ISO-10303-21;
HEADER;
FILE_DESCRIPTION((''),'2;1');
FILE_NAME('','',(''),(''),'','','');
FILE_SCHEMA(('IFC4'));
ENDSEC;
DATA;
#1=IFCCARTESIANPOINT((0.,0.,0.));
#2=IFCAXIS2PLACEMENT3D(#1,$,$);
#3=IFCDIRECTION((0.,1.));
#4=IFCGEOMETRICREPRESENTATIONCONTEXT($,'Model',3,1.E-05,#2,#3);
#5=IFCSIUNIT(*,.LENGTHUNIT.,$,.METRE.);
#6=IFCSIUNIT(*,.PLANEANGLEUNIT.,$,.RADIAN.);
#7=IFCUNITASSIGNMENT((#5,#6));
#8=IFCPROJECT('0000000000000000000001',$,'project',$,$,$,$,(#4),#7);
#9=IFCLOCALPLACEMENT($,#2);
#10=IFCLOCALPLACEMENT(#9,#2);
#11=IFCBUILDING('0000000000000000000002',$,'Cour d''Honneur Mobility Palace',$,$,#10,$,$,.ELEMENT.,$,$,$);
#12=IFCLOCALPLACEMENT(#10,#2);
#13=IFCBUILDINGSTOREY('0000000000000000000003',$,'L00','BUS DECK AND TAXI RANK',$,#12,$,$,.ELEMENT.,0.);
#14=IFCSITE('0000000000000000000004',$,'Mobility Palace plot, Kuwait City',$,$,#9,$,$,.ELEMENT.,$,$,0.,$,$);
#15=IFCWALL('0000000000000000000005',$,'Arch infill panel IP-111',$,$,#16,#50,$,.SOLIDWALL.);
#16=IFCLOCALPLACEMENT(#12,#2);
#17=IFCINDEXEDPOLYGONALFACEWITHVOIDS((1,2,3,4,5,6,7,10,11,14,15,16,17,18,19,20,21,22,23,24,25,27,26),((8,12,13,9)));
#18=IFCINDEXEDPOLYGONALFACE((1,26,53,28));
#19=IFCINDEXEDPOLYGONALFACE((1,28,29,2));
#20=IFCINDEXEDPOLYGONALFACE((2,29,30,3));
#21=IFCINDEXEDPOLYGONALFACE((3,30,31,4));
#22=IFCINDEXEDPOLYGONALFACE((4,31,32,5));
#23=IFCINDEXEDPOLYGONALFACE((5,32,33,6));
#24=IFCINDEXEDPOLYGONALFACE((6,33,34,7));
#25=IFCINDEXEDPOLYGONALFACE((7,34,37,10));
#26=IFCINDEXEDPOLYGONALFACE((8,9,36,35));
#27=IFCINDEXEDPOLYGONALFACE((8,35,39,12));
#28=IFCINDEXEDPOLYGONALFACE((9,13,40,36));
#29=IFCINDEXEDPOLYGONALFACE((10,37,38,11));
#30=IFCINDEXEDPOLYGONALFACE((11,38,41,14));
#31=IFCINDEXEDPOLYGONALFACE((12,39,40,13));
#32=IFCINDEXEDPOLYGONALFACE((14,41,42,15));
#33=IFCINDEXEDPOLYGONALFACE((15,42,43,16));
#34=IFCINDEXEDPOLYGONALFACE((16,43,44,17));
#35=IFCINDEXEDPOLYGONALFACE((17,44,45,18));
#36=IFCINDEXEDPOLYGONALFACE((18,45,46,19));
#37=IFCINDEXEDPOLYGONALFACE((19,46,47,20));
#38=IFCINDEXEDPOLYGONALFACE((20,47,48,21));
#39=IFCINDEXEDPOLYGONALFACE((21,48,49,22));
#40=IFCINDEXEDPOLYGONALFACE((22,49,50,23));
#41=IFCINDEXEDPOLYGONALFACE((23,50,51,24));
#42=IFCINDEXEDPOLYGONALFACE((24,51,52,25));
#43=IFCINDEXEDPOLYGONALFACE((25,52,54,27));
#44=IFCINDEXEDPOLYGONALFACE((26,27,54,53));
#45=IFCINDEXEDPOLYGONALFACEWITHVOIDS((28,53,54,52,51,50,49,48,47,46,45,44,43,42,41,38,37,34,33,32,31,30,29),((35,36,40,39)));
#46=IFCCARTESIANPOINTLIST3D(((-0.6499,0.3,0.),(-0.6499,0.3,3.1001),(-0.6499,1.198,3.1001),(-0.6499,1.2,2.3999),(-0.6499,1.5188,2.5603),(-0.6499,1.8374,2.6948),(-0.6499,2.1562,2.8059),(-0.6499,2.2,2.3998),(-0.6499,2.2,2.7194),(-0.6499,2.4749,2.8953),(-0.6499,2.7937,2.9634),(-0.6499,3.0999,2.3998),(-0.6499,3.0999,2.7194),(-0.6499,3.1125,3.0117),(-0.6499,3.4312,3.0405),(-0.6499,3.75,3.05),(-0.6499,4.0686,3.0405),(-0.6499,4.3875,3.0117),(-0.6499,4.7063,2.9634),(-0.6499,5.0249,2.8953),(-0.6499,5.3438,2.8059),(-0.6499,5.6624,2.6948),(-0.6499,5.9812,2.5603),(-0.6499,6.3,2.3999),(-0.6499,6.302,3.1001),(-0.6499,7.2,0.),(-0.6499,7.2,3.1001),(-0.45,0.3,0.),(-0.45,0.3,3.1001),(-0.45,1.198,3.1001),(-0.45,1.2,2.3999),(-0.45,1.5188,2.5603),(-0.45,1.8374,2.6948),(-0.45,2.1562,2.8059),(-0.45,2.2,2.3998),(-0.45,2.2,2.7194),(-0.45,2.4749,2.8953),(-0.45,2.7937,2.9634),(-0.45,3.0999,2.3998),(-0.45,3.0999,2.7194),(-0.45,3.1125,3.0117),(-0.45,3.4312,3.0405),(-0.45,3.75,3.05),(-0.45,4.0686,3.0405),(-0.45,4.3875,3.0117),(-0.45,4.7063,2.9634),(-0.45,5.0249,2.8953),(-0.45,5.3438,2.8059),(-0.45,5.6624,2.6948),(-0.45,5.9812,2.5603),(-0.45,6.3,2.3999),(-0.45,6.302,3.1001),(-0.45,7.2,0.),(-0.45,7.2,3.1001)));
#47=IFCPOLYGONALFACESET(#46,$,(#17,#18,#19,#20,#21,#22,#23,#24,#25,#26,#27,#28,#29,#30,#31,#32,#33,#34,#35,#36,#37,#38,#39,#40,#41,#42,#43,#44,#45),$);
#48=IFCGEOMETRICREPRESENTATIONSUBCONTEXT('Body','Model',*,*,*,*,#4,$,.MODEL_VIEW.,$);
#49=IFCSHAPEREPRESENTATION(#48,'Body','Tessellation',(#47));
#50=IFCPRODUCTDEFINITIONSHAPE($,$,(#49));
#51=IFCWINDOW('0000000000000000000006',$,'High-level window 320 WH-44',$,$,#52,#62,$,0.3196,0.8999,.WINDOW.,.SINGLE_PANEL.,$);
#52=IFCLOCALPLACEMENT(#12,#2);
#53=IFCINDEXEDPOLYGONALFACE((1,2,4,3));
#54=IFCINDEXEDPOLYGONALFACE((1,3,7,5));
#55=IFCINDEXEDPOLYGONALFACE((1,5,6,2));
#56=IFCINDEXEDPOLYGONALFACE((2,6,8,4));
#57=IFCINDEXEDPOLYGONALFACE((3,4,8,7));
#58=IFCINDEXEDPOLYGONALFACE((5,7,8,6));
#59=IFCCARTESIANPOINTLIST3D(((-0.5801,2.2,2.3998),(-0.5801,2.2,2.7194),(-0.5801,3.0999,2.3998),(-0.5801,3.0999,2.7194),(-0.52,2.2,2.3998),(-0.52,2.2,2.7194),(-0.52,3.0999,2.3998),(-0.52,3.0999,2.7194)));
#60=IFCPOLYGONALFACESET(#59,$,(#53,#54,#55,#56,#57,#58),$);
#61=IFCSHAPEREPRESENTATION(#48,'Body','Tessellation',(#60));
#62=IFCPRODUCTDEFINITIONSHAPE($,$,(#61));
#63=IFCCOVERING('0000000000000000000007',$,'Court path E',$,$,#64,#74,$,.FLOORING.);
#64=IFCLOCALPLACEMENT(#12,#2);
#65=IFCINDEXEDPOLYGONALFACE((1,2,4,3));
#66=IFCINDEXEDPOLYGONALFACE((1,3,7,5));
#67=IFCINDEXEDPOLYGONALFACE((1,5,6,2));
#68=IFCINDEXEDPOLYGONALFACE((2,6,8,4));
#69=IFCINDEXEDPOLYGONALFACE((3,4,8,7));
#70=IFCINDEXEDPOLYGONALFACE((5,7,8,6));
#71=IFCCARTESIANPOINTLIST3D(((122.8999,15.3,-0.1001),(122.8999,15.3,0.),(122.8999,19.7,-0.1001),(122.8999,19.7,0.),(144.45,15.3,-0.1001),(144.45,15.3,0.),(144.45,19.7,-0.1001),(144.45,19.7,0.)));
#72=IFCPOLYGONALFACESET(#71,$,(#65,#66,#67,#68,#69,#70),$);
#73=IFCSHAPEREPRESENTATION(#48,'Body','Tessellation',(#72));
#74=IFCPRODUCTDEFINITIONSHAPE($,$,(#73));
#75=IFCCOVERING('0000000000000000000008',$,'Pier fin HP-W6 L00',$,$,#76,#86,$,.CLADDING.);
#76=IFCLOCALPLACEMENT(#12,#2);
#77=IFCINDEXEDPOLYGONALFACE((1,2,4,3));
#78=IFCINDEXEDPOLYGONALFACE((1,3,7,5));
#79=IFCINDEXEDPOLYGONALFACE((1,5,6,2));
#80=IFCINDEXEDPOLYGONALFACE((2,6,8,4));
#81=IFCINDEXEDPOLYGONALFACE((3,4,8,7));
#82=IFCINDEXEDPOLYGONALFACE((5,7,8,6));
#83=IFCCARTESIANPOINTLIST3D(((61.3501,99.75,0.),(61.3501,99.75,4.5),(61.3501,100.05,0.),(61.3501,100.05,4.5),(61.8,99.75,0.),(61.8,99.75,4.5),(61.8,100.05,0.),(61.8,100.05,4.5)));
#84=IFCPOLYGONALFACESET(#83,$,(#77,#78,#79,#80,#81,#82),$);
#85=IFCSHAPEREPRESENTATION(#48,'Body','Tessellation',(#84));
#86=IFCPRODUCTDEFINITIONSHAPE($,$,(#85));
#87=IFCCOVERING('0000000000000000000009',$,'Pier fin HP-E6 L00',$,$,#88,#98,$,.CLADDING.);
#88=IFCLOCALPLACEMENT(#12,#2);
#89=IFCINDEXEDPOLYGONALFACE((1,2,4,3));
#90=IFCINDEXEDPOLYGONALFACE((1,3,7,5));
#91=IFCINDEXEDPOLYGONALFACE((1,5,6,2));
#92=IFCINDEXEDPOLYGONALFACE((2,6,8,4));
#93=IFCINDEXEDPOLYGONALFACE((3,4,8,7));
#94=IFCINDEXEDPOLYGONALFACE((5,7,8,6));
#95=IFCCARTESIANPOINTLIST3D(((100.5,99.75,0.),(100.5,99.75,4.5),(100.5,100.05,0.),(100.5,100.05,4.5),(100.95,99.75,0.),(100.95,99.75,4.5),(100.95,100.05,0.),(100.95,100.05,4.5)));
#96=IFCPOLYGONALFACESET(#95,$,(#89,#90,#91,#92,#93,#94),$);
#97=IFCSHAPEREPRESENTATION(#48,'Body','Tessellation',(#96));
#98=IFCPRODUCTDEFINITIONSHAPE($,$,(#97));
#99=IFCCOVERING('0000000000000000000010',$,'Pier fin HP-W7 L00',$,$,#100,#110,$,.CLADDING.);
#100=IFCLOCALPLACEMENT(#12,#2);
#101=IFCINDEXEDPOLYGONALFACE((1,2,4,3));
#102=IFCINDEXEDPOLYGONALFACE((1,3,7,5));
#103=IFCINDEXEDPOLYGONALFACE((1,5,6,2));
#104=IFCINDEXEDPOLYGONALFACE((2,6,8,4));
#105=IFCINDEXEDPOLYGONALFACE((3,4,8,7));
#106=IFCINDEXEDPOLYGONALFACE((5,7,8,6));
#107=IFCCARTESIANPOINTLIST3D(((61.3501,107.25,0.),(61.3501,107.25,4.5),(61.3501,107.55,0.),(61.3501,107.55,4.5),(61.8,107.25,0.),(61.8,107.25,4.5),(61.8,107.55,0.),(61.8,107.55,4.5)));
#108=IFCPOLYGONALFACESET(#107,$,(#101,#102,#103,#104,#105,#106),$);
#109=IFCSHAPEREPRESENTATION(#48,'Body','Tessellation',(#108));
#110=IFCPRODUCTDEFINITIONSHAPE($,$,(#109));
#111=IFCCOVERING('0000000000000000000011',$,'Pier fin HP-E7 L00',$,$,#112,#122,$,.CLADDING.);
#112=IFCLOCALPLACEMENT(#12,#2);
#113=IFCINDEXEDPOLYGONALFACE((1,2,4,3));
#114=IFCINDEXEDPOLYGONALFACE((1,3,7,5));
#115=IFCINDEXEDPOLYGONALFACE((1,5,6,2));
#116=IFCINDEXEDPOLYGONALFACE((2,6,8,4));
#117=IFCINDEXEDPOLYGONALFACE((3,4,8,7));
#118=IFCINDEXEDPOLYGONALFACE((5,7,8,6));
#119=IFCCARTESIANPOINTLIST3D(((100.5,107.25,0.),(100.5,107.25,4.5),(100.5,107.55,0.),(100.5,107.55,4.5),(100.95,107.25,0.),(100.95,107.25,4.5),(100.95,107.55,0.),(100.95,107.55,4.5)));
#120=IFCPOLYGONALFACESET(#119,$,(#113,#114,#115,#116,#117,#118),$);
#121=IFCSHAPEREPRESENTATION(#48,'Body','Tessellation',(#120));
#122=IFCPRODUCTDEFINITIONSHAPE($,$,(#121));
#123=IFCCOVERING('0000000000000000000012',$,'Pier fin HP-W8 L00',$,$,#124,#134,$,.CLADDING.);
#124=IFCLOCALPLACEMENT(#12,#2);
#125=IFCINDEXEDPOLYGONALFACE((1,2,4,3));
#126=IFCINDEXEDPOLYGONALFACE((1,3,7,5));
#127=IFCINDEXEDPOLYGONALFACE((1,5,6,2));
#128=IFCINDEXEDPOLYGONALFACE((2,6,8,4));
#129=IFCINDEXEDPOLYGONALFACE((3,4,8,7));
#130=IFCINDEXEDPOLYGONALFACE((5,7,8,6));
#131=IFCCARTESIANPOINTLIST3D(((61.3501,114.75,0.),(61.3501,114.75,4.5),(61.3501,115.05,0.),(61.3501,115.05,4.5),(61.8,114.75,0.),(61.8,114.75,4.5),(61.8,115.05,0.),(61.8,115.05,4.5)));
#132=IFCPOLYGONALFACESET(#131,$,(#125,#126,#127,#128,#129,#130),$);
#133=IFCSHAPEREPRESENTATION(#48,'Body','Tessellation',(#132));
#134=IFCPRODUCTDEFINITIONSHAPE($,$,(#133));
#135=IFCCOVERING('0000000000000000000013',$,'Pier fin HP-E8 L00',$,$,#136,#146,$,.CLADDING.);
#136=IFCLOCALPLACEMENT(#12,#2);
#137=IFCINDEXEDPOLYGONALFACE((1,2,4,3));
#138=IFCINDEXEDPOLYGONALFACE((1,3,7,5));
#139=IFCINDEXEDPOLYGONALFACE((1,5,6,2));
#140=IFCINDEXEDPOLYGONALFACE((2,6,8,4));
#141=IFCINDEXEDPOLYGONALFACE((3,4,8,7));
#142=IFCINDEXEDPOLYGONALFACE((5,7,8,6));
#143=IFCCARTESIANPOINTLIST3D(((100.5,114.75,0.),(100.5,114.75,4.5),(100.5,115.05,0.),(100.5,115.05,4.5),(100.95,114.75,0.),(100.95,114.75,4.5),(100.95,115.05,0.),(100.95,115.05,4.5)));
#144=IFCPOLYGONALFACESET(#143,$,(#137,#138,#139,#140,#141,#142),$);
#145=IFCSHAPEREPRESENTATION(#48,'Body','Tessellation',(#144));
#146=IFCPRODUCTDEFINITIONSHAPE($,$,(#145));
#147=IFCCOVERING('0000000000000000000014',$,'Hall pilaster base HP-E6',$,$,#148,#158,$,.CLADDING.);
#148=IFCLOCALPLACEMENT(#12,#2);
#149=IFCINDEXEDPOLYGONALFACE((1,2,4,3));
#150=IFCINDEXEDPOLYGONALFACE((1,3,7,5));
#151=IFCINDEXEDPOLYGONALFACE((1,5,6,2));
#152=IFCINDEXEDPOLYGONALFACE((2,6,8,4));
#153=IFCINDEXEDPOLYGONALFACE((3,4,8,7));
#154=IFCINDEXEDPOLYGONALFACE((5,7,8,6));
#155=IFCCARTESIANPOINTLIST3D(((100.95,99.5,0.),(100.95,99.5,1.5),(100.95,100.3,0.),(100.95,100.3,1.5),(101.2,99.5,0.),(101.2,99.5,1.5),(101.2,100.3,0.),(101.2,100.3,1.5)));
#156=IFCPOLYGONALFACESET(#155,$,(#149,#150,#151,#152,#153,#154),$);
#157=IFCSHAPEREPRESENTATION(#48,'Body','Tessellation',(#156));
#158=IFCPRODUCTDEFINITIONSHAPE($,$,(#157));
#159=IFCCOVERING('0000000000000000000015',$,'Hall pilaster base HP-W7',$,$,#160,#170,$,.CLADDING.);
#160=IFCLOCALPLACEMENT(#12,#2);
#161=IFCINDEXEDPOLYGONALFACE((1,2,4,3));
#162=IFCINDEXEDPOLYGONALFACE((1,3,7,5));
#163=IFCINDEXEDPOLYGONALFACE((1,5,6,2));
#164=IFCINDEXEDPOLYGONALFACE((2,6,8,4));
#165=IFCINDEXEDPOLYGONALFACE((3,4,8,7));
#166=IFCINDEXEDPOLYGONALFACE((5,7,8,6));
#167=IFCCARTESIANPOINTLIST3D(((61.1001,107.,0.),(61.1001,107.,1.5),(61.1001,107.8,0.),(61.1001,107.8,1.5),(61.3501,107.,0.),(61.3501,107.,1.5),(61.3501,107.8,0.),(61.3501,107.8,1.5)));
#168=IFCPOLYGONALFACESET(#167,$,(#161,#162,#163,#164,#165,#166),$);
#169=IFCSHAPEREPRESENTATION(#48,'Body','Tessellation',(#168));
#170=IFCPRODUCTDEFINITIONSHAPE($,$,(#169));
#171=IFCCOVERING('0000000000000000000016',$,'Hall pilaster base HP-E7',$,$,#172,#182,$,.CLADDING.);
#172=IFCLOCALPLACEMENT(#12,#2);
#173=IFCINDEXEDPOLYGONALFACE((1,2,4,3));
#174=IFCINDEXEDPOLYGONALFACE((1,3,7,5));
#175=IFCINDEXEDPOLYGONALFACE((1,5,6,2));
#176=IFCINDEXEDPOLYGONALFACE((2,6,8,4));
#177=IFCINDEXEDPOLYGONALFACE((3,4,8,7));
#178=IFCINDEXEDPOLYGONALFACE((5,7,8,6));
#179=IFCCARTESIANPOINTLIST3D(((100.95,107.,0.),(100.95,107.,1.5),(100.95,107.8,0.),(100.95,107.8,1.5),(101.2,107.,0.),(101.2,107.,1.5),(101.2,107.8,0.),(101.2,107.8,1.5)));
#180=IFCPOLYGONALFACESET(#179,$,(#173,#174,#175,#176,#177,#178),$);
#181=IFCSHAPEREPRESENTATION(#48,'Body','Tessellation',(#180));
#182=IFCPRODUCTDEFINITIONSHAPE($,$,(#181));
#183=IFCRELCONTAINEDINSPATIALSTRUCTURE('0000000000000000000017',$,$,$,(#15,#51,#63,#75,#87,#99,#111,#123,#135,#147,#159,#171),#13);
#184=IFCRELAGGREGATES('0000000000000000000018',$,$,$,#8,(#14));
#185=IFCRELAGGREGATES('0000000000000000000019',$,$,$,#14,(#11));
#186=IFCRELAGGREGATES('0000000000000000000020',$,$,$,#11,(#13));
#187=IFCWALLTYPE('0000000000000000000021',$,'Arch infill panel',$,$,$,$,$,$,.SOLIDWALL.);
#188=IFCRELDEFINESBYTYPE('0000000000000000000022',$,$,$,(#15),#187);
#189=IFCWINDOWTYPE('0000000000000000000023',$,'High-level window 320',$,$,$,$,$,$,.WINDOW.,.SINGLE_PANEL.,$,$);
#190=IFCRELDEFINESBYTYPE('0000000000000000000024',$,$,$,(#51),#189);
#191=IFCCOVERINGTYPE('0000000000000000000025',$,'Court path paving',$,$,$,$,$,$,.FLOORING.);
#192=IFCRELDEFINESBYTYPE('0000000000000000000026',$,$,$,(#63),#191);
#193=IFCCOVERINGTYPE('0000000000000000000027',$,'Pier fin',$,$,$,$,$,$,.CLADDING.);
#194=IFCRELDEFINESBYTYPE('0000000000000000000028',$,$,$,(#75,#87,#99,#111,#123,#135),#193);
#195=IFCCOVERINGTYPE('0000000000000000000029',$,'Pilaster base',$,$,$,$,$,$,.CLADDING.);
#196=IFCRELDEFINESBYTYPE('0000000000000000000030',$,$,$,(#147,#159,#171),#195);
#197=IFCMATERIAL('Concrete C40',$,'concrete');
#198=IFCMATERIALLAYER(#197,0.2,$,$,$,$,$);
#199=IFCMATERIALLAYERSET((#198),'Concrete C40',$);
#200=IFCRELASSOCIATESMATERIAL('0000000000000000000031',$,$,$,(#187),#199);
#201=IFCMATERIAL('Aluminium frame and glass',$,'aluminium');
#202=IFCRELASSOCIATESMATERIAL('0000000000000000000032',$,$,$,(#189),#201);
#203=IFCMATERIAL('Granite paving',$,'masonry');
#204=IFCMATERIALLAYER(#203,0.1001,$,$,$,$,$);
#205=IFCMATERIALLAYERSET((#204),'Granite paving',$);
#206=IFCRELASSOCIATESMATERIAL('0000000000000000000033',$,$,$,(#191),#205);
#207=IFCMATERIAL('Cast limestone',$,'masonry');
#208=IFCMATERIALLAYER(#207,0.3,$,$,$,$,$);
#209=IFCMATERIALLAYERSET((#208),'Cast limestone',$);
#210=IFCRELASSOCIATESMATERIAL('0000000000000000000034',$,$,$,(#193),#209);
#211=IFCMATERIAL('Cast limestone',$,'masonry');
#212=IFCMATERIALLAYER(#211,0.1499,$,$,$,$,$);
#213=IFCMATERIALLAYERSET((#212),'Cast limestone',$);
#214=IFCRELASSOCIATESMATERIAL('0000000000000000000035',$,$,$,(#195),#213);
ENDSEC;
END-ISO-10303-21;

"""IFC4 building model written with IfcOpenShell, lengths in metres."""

from ifc_helpers import new_model, si_unit, direction, frame, frame_2d, origin, place, context, subcontext, project, spatial, polyline, rectangle, outline, extrude, material, layer, layer_set, type_object, element, fill, save


model = new_model("IFC4")

# Units and contexts
model_context = context("Model", 3, precision=1e-05, world=origin(), true_north=direction((0.0, 1.0)))
body_context = subcontext(model_context, "Body", "Model", "MODEL_VIEW")
ifc_project = project(units=[si_unit("LENGTHUNIT", "METRE"), si_unit("PLANEANGLEUNIT", "RADIAN")], contexts=[model_context])

# Site, building, storey
site_placement = place(None, origin())
site = spatial("IfcSite", under=ifc_project, at=site_placement, Name="Mobility Palace plot, Kuwait City", CompositionType="ELEMENT", RefElevation=0.0)
building_placement = place(site_placement, origin())
building = spatial("IfcBuilding", under=site, at=building_placement, Name="Cour d'Honneur Mobility Palace", CompositionType="ELEMENT")
storey_placement = place(building_placement, origin())
storey = spatial("IfcBuildingStorey", under=building, at=storey_placement, Name="L00", Description="BUS DECK AND TAXI RANK", CompositionType="ELEMENT", Elevation=0.0)

# Wall, opening, window
ifc_material_1 = material(Name="Concrete C40", Category="concrete")
ifc_layer_1 = layer(ifc_material_1, 0.2)
ifc_layer_set_1 = layer_set([ifc_layer_1], Name="Concrete C40")
wall_type = type_object("IfcWallType", Name="Arch infill panel", PredefinedType="SOLIDWALL", material=ifc_layer_set_1)
wall_placement = place(storey_placement, frame((-0.55, 7.2, 0.0), z_axis=(0.0, 0.0, 1.0), x_axis=(0.0, -1.0, 0.0)))
wall = element("IfcWall", 1, at=wall_placement, inside=storey, type_object=wall_type, Name="Arch infill panel IP-111", PredefinedType="SOLIDWALL", context=body_context, shape_type="SweptSolid", body=[
    extrude(outline(polyline([(0.0, 0.0), (6.8999, 0.0), (6.8999, 3.1001), (6.002, 3.1001), (6.0, 2.3999), (5.6812, 2.5603), (5.3625, 2.6948), (5.0437, 2.8059), (4.7251, 2.8953), (4.4062, 2.9634), (4.0874, 3.0117), (3.7688, 3.0405), (3.45, 3.05), (3.1313, 3.0405), (2.8125, 3.0117), (2.4937, 2.9634), (2.175, 2.8953), (1.8562, 2.8059), (1.5376, 2.6948), (1.2188, 2.5603), (0.8999, 2.3999), (0.8979, 3.1001), (0.0, 3.1001), (0.0, 0.0)])), frame((0.0, 0.1001, 0.0), z_axis=(0.0, -1.0, 0.0), x_axis=(1.0, 0.0, 0.0)), (0.0, 0.0, 1.0), 0.2),
])
opening_placement = place(wall_placement, frame((4.1001, 0.0, 2.3999)))
opening = element("IfcOpeningElement", 2, at=opening_placement, cuts=wall, PredefinedType="OPENING", context=body_context, shape_type="SweptSolid", body=[
    extrude(rectangle(XDim=0.8999, YDim=0.3196, at=frame_2d((0.45, 0.1597))), frame((0.0, 0.1099, 0.0), z_axis=(0.0, -1.0, 0.0), x_axis=(1.0, 0.0, 0.0)), (0.0, 0.0, 1.0), 0.22),
])
ifc_material_2 = material(Name="Aluminium frame and glass", Category="aluminium")
window_type = type_object("IfcWindowType", Name="High-level window 320", PartitioningType="SINGLE_PANEL", PredefinedType="WINDOW", material=ifc_material_2)
window_placement = place(opening_placement, origin())
window = element("IfcWindow", 3, at=window_placement, inside=storey, type_object=window_type, Name="High-level window 320 WH-44", OverallHeight=0.3196, OverallWidth=0.8999, PartitioningType="SINGLE_PANEL", PredefinedType="WINDOW", context=body_context, shape_type="SweptSolid", body=[
    extrude(rectangle(XDim=0.8999, YDim=0.3196, at=frame_2d((0.45, 0.1597))), frame((0.0, 0.03, 0.0), z_axis=(0.0, -1.0, 0.0), x_axis=(1.0, 0.0, 0.0)), (0.0, 0.0, 1.0), 0.0601),
])
fill(opening, window)

# Coverings
ifc_material_3 = material(Name="Granite paving", Category="masonry")
ifc_layer_2 = layer(ifc_material_3, 0.1001)
ifc_layer_set_2 = layer_set([ifc_layer_2], Name="Granite paving")
covering_type_1 = type_object("IfcCoveringType", Name="Court path paving", PredefinedType="FLOORING", material=ifc_layer_set_2)
covering_1_placement = place(storey_placement, frame((0.0, 0.0, -0.1001)))
element("IfcCovering", 4, at=covering_1_placement, inside=storey, type_object=covering_type_1, Name="Court path E", PredefinedType="FLOORING", context=body_context, shape_type="SweptSolid", body=[
    extrude(outline(polyline([(122.8999, 15.3), (144.45, 15.3), (144.45, 19.7), (122.8999, 19.7), (122.8999, 15.3)])), origin(), (0.0, 0.0, 1.0), 0.1001),
])
ifc_material_4 = material(Name="Cast limestone", Category="masonry")
ifc_layer_3 = layer(ifc_material_4, 0.3)
ifc_layer_set_3 = layer_set([ifc_layer_3], Name="Cast limestone")
covering_type_2 = type_object("IfcCoveringType", Name="Pier fin", PredefinedType="CLADDING", material=ifc_layer_set_3)
covering_2_placement = place(storey_placement, origin())
element("IfcCovering", 5, at=covering_2_placement, inside=storey, type_object=covering_type_2, Name="Pier fin HP-W6 L00", PredefinedType="CLADDING", context=body_context, shape_type="SweptSolid", body=[
    extrude(outline(polyline([(61.3501, 99.75), (61.8, 99.75), (61.8, 100.05), (61.3501, 100.05), (61.3501, 99.75)])), origin(), (0.0, 0.0, 1.0), 4.5),
])
covering_3_placement = place(storey_placement, origin())
element("IfcCovering", 6, at=covering_3_placement, inside=storey, type_object=covering_type_2, Name="Pier fin HP-E6 L00", PredefinedType="CLADDING", context=body_context, shape_type="SweptSolid", body=[
    extrude(outline(polyline([(100.5, 99.75), (100.95, 99.75), (100.95, 100.05), (100.5, 100.05), (100.5, 99.75)])), origin(), (0.0, 0.0, 1.0), 4.5),
])
covering_4_placement = place(storey_placement, origin())
element("IfcCovering", 7, at=covering_4_placement, inside=storey, type_object=covering_type_2, Name="Pier fin HP-W7 L00", PredefinedType="CLADDING", context=body_context, shape_type="SweptSolid", body=[
    extrude(outline(polyline([(61.3501, 107.25), (61.8, 107.25), (61.8, 107.55), (61.3501, 107.55), (61.3501, 107.25)])), origin(), (0.0, 0.0, 1.0), 4.5),
])
covering_5_placement = place(storey_placement, origin())
element("IfcCovering", 8, at=covering_5_placement, inside=storey, type_object=covering_type_2, Name="Pier fin HP-E7 L00", PredefinedType="CLADDING", context=body_context, shape_type="SweptSolid", body=[
    extrude(outline(polyline([(100.5, 107.25), (100.95, 107.25), (100.95, 107.55), (100.5, 107.55), (100.5, 107.25)])), origin(), (0.0, 0.0, 1.0), 4.5),
])
covering_6_placement = place(storey_placement, origin())
element("IfcCovering", 9, at=covering_6_placement, inside=storey, type_object=covering_type_2, Name="Pier fin HP-W8 L00", PredefinedType="CLADDING", context=body_context, shape_type="SweptSolid", body=[
    extrude(outline(polyline([(61.3501, 114.75), (61.8, 114.75), (61.8, 115.05), (61.3501, 115.05), (61.3501, 114.75)])), origin(), (0.0, 0.0, 1.0), 4.5),
])
covering_7_placement = place(storey_placement, origin())
element("IfcCovering", 10, at=covering_7_placement, inside=storey, type_object=covering_type_2, Name="Pier fin HP-E8 L00", PredefinedType="CLADDING", context=body_context, shape_type="SweptSolid", body=[
    extrude(outline(polyline([(100.5, 114.75), (100.95, 114.75), (100.95, 115.05), (100.5, 115.05), (100.5, 114.75)])), origin(), (0.0, 0.0, 1.0), 4.5),
])
ifc_material_5 = material(Name="Cast limestone", Category="masonry")
ifc_layer_4 = layer(ifc_material_5, 0.1499)
ifc_layer_set_4 = layer_set([ifc_layer_4], Name="Cast limestone")
covering_type_3 = type_object("IfcCoveringType", Name="Pilaster base", PredefinedType="CLADDING", material=ifc_layer_set_4)
covering_8_placement = place(storey_placement, origin())
element("IfcCovering", 11, at=covering_8_placement, inside=storey, type_object=covering_type_3, Name="Hall pilaster base HP-E6", PredefinedType="CLADDING", context=body_context, shape_type="SweptSolid", body=[
    extrude(outline(polyline([(100.95, 99.5), (101.2, 99.5), (101.2, 100.3), (100.95, 100.3), (100.95, 99.5)])), origin(), (0.0, 0.0, 1.0), 1.5),
])
covering_9_placement = place(storey_placement, origin())
element("IfcCovering", 12, at=covering_9_placement, inside=storey, type_object=covering_type_3, Name="Hall pilaster base HP-W7", PredefinedType="CLADDING", context=body_context, shape_type="SweptSolid", body=[
    extrude(outline(polyline([(61.1001, 107.0), (61.3501, 107.0), (61.3501, 107.8), (61.1001, 107.8), (61.1001, 107.0)])), origin(), (0.0, 0.0, 1.0), 1.5),
])
covering_10_placement = place(storey_placement, origin())
element("IfcCovering", 13, at=covering_10_placement, inside=storey, type_object=covering_type_3, Name="Hall pilaster base HP-E7", PredefinedType="CLADDING", context=body_context, shape_type="SweptSolid", body=[
    extrude(outline(polyline([(100.95, 107.0), (101.2, 107.0), (101.2, 107.8), (100.95, 107.8), (100.95, 107.0)])), origin(), (0.0, 0.0, 1.0), 1.5),
])

save(model, "model.ifc")
